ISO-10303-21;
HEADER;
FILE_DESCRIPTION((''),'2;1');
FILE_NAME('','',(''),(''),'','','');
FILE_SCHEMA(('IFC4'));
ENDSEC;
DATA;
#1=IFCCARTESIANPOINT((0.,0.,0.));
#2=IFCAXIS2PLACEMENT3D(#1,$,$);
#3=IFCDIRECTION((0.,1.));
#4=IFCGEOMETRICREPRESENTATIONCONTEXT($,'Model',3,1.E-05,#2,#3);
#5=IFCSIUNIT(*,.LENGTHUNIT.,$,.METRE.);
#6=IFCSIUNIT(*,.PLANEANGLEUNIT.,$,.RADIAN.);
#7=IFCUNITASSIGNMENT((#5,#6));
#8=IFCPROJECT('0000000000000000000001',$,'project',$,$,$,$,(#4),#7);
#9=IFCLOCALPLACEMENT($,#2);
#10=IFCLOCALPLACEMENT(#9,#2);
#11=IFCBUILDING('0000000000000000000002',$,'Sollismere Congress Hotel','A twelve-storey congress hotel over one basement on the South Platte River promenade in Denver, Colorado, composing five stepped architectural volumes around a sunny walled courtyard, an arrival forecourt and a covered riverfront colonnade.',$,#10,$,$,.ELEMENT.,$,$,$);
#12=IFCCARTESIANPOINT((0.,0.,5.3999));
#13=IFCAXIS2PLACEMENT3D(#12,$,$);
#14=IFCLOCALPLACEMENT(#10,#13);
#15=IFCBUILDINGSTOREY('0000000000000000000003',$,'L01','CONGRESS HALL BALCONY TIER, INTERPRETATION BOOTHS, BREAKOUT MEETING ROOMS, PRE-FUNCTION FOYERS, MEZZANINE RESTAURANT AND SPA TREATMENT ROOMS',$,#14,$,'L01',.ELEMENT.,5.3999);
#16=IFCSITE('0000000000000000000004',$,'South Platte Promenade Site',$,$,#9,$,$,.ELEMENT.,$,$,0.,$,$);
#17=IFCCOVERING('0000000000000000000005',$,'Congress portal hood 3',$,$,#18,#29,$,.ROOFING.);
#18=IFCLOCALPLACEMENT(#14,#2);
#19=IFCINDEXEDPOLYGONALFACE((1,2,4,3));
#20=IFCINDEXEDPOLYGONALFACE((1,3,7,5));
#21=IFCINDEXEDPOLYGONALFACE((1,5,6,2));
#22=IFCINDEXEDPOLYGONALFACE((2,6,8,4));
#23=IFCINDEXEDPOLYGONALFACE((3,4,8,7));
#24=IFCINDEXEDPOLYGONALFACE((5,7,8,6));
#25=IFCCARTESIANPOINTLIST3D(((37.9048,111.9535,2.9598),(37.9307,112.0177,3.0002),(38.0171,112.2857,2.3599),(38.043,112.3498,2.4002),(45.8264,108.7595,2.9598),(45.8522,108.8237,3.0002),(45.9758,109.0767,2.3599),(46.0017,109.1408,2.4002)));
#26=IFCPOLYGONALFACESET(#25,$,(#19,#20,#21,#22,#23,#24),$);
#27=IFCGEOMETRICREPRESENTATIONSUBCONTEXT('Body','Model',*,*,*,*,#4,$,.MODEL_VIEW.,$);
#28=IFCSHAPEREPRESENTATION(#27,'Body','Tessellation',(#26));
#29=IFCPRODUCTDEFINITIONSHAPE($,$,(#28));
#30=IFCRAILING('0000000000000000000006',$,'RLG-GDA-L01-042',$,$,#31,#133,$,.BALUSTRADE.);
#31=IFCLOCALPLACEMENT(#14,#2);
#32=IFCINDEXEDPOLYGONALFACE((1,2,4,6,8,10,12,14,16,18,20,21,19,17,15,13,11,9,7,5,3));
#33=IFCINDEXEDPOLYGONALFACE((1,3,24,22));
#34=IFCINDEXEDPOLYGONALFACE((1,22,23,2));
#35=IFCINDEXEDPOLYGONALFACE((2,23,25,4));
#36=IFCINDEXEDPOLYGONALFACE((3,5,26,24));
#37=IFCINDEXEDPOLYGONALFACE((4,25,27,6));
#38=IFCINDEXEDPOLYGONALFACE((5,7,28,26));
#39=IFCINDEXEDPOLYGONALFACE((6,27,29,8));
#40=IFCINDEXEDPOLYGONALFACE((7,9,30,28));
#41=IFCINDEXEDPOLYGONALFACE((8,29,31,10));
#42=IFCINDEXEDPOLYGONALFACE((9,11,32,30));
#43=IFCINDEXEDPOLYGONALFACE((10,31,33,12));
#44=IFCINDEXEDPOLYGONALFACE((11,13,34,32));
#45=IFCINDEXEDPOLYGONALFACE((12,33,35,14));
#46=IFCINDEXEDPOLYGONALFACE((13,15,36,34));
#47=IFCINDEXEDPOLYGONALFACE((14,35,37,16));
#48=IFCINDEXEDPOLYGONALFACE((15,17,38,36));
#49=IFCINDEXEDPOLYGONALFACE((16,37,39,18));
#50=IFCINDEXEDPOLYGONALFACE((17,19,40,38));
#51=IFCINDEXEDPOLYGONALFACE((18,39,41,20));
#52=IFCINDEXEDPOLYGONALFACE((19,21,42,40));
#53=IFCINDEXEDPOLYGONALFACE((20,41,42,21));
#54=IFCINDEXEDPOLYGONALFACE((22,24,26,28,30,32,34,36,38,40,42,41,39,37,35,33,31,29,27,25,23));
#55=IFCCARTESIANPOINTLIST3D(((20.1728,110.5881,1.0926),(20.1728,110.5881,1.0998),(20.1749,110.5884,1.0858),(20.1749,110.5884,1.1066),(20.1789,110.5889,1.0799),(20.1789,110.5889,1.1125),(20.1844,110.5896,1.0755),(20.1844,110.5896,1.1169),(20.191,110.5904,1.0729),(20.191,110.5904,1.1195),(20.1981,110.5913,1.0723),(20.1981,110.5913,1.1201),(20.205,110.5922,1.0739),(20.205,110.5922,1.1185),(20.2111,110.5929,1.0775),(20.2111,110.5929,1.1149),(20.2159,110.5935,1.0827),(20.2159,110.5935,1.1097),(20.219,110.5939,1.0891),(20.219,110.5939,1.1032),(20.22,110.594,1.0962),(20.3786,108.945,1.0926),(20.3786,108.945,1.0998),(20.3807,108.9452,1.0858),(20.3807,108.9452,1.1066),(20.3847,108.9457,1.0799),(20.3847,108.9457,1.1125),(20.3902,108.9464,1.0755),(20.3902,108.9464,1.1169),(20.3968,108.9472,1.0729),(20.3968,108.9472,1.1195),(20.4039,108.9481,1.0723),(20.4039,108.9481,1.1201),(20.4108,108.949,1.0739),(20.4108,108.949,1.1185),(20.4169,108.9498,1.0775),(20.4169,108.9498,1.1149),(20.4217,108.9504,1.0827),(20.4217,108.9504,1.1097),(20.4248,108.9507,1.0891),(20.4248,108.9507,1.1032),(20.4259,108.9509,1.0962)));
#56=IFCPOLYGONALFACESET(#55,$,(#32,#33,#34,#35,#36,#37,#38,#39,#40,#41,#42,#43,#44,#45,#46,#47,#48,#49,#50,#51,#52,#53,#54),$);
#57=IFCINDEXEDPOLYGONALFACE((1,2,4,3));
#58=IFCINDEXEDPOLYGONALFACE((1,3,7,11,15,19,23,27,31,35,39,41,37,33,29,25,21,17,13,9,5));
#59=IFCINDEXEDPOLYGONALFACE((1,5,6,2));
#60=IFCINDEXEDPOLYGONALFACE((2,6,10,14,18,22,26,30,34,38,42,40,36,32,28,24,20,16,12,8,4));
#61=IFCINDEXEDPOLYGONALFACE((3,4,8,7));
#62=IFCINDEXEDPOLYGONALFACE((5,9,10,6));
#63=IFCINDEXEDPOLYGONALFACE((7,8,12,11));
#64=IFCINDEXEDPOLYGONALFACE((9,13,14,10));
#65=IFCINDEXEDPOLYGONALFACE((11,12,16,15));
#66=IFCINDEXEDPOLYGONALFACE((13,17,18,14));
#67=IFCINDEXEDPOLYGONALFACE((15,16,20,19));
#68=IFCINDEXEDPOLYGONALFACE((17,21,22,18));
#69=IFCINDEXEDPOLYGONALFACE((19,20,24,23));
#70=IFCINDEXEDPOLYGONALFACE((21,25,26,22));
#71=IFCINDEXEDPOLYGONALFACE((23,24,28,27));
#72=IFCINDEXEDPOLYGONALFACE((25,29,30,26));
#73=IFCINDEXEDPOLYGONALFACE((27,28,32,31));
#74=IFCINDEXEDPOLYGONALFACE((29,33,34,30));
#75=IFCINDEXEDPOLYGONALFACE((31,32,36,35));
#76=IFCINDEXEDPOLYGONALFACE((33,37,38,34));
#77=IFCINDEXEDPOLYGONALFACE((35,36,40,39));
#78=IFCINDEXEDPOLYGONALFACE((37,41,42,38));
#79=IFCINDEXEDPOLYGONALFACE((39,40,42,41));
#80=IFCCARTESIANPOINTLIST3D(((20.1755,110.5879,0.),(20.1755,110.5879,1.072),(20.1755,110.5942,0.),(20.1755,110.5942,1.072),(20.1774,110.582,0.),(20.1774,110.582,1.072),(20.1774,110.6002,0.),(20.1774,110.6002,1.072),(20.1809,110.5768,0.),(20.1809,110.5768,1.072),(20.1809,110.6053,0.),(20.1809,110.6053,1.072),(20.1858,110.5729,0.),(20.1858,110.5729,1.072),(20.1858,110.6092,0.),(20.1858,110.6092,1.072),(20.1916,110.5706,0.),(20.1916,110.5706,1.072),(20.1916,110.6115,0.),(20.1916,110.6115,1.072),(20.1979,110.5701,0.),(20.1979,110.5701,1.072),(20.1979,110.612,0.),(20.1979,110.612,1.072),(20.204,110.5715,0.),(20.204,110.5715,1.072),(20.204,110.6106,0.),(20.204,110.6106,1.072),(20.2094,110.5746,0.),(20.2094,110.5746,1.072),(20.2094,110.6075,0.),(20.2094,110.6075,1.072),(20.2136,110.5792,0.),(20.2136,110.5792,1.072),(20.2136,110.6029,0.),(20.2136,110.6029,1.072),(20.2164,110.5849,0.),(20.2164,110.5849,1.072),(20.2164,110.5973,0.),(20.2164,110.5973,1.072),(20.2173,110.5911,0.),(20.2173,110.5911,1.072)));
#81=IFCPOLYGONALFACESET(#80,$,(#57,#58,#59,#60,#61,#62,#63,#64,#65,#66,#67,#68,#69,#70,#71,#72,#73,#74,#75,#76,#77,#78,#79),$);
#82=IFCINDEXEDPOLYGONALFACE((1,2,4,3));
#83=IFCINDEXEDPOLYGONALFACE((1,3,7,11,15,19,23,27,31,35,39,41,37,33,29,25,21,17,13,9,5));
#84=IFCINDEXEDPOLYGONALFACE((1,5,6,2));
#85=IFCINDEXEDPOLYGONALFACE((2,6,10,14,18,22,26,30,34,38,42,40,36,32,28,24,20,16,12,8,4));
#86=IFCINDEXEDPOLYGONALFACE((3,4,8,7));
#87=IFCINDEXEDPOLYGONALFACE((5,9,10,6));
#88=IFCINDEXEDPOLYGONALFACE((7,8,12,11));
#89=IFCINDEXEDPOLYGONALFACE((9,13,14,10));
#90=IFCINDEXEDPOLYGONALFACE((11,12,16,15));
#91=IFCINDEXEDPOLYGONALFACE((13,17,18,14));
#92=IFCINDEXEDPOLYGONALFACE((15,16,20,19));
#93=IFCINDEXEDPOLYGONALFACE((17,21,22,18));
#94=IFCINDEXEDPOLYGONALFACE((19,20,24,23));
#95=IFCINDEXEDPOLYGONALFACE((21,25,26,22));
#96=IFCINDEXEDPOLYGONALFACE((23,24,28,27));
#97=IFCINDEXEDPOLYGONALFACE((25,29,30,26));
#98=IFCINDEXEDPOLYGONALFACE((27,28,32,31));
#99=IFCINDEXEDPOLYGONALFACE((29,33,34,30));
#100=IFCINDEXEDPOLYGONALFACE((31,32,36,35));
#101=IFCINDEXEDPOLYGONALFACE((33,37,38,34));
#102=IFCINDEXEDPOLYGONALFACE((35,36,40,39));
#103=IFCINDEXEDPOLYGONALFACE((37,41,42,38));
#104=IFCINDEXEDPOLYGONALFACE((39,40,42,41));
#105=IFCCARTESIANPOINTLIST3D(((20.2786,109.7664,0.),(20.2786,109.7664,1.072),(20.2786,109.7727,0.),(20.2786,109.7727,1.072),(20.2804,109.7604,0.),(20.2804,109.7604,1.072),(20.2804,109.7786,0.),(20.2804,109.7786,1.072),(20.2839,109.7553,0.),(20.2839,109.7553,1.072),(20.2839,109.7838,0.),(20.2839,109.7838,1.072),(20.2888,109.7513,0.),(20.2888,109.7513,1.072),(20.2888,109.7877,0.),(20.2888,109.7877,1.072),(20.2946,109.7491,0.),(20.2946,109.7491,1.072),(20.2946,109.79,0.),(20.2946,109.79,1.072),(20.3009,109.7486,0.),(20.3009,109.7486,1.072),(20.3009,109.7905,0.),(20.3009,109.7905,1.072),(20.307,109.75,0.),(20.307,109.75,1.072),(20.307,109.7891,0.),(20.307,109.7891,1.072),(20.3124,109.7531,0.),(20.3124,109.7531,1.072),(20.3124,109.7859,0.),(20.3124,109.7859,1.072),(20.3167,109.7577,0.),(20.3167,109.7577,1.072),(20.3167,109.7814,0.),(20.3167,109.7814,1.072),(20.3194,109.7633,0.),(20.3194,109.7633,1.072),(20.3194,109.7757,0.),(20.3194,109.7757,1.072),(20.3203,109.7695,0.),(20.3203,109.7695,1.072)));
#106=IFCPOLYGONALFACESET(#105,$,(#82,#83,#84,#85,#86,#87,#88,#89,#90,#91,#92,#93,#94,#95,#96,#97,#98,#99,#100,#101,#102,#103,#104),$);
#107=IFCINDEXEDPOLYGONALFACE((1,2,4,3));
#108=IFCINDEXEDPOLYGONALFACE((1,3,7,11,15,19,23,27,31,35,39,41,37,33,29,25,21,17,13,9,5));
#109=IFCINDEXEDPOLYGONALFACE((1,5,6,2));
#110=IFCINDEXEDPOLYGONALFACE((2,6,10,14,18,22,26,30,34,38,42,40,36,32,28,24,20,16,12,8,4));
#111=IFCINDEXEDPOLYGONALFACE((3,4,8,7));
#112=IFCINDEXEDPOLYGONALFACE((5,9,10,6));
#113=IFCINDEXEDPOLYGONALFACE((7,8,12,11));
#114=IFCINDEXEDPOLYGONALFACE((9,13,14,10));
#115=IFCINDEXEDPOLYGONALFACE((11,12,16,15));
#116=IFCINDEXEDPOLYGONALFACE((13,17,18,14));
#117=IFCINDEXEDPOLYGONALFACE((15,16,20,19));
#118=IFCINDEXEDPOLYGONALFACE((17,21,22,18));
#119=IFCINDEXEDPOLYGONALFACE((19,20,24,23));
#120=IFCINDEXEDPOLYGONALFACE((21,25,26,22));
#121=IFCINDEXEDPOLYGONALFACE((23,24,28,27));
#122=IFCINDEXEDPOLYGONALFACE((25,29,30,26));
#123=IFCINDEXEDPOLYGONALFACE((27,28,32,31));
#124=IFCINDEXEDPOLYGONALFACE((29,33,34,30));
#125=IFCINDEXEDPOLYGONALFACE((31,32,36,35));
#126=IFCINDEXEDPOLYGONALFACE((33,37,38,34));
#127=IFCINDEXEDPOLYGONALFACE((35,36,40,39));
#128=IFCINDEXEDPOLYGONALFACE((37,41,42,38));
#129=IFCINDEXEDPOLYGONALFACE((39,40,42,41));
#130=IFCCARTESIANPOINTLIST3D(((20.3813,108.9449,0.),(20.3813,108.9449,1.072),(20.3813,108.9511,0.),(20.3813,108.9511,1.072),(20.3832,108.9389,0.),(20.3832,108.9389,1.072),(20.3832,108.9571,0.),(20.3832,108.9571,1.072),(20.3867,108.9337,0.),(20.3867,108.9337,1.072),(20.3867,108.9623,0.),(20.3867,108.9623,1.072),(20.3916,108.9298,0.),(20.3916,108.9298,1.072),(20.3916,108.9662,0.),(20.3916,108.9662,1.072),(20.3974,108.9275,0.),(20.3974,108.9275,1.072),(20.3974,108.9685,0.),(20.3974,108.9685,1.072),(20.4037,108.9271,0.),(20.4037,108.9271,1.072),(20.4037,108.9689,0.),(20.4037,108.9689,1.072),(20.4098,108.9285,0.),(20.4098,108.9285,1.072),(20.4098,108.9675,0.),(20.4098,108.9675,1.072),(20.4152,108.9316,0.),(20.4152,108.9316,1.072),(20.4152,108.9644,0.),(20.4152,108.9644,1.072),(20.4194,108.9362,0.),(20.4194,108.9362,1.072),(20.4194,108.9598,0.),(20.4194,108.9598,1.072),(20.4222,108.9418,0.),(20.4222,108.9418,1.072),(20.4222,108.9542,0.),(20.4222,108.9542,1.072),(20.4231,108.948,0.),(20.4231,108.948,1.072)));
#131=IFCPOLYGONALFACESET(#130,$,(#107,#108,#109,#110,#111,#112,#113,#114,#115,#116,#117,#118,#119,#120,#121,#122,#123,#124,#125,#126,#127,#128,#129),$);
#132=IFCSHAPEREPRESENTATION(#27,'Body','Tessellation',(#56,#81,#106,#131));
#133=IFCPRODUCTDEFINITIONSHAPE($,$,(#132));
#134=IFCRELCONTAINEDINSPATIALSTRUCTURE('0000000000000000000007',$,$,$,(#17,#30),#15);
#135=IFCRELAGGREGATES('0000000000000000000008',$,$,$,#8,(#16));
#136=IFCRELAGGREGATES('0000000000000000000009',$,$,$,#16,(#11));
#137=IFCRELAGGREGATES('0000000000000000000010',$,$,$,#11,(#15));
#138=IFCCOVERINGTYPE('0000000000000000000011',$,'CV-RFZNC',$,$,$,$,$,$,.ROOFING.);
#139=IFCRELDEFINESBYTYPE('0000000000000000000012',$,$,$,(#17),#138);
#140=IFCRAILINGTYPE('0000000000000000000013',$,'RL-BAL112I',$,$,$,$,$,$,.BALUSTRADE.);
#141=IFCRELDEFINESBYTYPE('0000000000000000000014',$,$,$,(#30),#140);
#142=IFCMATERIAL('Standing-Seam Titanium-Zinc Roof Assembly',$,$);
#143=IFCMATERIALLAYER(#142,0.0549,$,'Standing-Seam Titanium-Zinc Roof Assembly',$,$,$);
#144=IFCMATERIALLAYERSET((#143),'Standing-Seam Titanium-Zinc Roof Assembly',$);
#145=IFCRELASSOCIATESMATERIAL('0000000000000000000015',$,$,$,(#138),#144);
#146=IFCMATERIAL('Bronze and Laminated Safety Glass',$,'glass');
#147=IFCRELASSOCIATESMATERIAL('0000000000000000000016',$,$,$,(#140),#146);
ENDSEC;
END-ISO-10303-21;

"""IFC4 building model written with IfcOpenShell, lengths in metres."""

from ifc_helpers import new_model, si_unit, direction, frame, origin, origin_2d, place, context, subcontext, project, spatial, polyline, circle, outline, extrude, material, layer, layer_set, type_object, element, save


model = new_model("IFC4")

# Units and contexts
model_context = context("Model", 3, precision=1e-05, world=origin(), true_north=direction((0.0, 1.0)))
body_context = subcontext(model_context, "Body", "Model", "MODEL_VIEW")
ifc_project = project(units=[si_unit("LENGTHUNIT", "METRE"), si_unit("PLANEANGLEUNIT", "RADIAN")], contexts=[model_context])

# Site, building, storey
site_placement = place(None, origin())
site = spatial("IfcSite", under=ifc_project, at=site_placement, Name="South Platte Promenade Site", CompositionType="ELEMENT", RefElevation=0.0)
building_placement = place(site_placement, origin())
building = spatial("IfcBuilding", under=site, at=building_placement, Name="Sollismere Congress Hotel", Description="A twelve-storey congress hotel over one basement on the South Platte River promenade in Denver, Colorado, composing five stepped architectural volumes around a sunny walled courtyard, an arrival forecourt and a covered riverfront colonnade.", CompositionType="ELEMENT")
storey_placement = place(building_placement, frame((0.0, 0.0, 5.3999)))
storey = spatial("IfcBuildingStorey", under=building, at=storey_placement, Name="L01", Description="CONGRESS HALL BALCONY TIER, INTERPRETATION BOOTHS, BREAKOUT MEETING ROOMS, PRE-FUNCTION FOYERS, MEZZANINE RESTAURANT AND SPA TREATMENT ROOMS", LongName="L01", CompositionType="ELEMENT", Elevation=5.3999)

# Covering
ifc_material_1 = material(Name="Standing-Seam Titanium-Zinc Roof Assembly")
ifc_layer_1 = layer(ifc_material_1, 0.0549, Name="Standing-Seam Titanium-Zinc Roof Assembly")
ifc_layer_set_1 = layer_set([ifc_layer_1], Name="Standing-Seam Titanium-Zinc Roof Assembly")
covering_type = type_object("IfcCoveringType", Name="CV-RFZNC", PredefinedType="ROOFING", material=ifc_layer_set_1)
covering_placement = place(storey_placement, frame((45.9758, 109.0767, 2.3599), z_axis=(0.323, 0.801077, 0.503931), x_axis=(-0.927448, 0.373952, 0.000002)))
element("IfcCovering", 1, at=covering_placement, inside=storey, type_object=covering_type, Name="Congress portal hood 3", PredefinedType="ROOFING", context=body_context, shape_type="SweptSolid", body=[
    extrude(outline(polyline([(0.0, 0.0), (8.5813, 0.0), (8.5613, 0.6946), (0.02, 0.6946), (0.0, 0.0)])), origin(), (0.0, 0.0, 1.0), 0.0801),
])

# Railing
ifc_material_2 = material(Name="Bronze and Laminated Safety Glass", Category="glass")
railing_type = type_object("IfcRailingType", Name="RL-BAL112I", PredefinedType="BALUSTRADE", material=ifc_material_2)
railing_1_placement = place(storey_placement, frame((20.1963, 110.5911, 0.0)))
element("IfcRailing", 2, at=railing_1_placement, inside=storey, type_object=railing_type, Name="RLG-GDA-L01-042", PredefinedType="BALUSTRADE", context=body_context, shape_type="SweptSolid", body=[
    extrude(circle(Radius=0.0239, at=origin_2d()), frame((0.0, 0.0, 1.0962), z_axis=(0.124289, -0.992246, 0.0), x_axis=(0.992246, 0.124289, 0.0)), (0.0, 0.0, 1.0), 1.656),
    extrude(circle(Radius=0.021, at=origin_2d()), origin(), (0.0, 0.0, 1.0), 1.072),
    extrude(circle(Radius=0.021, at=origin_2d()), frame((0.103, -0.8215, 0.0)), (0.0, 0.0, 1.0), 1.072),
    extrude(circle(Radius=0.021, at=origin_2d()), frame((0.2058, -1.6431, 0.0)), (0.0, 0.0, 1.0), 1.072),
])

save(model, "model.ifc")
